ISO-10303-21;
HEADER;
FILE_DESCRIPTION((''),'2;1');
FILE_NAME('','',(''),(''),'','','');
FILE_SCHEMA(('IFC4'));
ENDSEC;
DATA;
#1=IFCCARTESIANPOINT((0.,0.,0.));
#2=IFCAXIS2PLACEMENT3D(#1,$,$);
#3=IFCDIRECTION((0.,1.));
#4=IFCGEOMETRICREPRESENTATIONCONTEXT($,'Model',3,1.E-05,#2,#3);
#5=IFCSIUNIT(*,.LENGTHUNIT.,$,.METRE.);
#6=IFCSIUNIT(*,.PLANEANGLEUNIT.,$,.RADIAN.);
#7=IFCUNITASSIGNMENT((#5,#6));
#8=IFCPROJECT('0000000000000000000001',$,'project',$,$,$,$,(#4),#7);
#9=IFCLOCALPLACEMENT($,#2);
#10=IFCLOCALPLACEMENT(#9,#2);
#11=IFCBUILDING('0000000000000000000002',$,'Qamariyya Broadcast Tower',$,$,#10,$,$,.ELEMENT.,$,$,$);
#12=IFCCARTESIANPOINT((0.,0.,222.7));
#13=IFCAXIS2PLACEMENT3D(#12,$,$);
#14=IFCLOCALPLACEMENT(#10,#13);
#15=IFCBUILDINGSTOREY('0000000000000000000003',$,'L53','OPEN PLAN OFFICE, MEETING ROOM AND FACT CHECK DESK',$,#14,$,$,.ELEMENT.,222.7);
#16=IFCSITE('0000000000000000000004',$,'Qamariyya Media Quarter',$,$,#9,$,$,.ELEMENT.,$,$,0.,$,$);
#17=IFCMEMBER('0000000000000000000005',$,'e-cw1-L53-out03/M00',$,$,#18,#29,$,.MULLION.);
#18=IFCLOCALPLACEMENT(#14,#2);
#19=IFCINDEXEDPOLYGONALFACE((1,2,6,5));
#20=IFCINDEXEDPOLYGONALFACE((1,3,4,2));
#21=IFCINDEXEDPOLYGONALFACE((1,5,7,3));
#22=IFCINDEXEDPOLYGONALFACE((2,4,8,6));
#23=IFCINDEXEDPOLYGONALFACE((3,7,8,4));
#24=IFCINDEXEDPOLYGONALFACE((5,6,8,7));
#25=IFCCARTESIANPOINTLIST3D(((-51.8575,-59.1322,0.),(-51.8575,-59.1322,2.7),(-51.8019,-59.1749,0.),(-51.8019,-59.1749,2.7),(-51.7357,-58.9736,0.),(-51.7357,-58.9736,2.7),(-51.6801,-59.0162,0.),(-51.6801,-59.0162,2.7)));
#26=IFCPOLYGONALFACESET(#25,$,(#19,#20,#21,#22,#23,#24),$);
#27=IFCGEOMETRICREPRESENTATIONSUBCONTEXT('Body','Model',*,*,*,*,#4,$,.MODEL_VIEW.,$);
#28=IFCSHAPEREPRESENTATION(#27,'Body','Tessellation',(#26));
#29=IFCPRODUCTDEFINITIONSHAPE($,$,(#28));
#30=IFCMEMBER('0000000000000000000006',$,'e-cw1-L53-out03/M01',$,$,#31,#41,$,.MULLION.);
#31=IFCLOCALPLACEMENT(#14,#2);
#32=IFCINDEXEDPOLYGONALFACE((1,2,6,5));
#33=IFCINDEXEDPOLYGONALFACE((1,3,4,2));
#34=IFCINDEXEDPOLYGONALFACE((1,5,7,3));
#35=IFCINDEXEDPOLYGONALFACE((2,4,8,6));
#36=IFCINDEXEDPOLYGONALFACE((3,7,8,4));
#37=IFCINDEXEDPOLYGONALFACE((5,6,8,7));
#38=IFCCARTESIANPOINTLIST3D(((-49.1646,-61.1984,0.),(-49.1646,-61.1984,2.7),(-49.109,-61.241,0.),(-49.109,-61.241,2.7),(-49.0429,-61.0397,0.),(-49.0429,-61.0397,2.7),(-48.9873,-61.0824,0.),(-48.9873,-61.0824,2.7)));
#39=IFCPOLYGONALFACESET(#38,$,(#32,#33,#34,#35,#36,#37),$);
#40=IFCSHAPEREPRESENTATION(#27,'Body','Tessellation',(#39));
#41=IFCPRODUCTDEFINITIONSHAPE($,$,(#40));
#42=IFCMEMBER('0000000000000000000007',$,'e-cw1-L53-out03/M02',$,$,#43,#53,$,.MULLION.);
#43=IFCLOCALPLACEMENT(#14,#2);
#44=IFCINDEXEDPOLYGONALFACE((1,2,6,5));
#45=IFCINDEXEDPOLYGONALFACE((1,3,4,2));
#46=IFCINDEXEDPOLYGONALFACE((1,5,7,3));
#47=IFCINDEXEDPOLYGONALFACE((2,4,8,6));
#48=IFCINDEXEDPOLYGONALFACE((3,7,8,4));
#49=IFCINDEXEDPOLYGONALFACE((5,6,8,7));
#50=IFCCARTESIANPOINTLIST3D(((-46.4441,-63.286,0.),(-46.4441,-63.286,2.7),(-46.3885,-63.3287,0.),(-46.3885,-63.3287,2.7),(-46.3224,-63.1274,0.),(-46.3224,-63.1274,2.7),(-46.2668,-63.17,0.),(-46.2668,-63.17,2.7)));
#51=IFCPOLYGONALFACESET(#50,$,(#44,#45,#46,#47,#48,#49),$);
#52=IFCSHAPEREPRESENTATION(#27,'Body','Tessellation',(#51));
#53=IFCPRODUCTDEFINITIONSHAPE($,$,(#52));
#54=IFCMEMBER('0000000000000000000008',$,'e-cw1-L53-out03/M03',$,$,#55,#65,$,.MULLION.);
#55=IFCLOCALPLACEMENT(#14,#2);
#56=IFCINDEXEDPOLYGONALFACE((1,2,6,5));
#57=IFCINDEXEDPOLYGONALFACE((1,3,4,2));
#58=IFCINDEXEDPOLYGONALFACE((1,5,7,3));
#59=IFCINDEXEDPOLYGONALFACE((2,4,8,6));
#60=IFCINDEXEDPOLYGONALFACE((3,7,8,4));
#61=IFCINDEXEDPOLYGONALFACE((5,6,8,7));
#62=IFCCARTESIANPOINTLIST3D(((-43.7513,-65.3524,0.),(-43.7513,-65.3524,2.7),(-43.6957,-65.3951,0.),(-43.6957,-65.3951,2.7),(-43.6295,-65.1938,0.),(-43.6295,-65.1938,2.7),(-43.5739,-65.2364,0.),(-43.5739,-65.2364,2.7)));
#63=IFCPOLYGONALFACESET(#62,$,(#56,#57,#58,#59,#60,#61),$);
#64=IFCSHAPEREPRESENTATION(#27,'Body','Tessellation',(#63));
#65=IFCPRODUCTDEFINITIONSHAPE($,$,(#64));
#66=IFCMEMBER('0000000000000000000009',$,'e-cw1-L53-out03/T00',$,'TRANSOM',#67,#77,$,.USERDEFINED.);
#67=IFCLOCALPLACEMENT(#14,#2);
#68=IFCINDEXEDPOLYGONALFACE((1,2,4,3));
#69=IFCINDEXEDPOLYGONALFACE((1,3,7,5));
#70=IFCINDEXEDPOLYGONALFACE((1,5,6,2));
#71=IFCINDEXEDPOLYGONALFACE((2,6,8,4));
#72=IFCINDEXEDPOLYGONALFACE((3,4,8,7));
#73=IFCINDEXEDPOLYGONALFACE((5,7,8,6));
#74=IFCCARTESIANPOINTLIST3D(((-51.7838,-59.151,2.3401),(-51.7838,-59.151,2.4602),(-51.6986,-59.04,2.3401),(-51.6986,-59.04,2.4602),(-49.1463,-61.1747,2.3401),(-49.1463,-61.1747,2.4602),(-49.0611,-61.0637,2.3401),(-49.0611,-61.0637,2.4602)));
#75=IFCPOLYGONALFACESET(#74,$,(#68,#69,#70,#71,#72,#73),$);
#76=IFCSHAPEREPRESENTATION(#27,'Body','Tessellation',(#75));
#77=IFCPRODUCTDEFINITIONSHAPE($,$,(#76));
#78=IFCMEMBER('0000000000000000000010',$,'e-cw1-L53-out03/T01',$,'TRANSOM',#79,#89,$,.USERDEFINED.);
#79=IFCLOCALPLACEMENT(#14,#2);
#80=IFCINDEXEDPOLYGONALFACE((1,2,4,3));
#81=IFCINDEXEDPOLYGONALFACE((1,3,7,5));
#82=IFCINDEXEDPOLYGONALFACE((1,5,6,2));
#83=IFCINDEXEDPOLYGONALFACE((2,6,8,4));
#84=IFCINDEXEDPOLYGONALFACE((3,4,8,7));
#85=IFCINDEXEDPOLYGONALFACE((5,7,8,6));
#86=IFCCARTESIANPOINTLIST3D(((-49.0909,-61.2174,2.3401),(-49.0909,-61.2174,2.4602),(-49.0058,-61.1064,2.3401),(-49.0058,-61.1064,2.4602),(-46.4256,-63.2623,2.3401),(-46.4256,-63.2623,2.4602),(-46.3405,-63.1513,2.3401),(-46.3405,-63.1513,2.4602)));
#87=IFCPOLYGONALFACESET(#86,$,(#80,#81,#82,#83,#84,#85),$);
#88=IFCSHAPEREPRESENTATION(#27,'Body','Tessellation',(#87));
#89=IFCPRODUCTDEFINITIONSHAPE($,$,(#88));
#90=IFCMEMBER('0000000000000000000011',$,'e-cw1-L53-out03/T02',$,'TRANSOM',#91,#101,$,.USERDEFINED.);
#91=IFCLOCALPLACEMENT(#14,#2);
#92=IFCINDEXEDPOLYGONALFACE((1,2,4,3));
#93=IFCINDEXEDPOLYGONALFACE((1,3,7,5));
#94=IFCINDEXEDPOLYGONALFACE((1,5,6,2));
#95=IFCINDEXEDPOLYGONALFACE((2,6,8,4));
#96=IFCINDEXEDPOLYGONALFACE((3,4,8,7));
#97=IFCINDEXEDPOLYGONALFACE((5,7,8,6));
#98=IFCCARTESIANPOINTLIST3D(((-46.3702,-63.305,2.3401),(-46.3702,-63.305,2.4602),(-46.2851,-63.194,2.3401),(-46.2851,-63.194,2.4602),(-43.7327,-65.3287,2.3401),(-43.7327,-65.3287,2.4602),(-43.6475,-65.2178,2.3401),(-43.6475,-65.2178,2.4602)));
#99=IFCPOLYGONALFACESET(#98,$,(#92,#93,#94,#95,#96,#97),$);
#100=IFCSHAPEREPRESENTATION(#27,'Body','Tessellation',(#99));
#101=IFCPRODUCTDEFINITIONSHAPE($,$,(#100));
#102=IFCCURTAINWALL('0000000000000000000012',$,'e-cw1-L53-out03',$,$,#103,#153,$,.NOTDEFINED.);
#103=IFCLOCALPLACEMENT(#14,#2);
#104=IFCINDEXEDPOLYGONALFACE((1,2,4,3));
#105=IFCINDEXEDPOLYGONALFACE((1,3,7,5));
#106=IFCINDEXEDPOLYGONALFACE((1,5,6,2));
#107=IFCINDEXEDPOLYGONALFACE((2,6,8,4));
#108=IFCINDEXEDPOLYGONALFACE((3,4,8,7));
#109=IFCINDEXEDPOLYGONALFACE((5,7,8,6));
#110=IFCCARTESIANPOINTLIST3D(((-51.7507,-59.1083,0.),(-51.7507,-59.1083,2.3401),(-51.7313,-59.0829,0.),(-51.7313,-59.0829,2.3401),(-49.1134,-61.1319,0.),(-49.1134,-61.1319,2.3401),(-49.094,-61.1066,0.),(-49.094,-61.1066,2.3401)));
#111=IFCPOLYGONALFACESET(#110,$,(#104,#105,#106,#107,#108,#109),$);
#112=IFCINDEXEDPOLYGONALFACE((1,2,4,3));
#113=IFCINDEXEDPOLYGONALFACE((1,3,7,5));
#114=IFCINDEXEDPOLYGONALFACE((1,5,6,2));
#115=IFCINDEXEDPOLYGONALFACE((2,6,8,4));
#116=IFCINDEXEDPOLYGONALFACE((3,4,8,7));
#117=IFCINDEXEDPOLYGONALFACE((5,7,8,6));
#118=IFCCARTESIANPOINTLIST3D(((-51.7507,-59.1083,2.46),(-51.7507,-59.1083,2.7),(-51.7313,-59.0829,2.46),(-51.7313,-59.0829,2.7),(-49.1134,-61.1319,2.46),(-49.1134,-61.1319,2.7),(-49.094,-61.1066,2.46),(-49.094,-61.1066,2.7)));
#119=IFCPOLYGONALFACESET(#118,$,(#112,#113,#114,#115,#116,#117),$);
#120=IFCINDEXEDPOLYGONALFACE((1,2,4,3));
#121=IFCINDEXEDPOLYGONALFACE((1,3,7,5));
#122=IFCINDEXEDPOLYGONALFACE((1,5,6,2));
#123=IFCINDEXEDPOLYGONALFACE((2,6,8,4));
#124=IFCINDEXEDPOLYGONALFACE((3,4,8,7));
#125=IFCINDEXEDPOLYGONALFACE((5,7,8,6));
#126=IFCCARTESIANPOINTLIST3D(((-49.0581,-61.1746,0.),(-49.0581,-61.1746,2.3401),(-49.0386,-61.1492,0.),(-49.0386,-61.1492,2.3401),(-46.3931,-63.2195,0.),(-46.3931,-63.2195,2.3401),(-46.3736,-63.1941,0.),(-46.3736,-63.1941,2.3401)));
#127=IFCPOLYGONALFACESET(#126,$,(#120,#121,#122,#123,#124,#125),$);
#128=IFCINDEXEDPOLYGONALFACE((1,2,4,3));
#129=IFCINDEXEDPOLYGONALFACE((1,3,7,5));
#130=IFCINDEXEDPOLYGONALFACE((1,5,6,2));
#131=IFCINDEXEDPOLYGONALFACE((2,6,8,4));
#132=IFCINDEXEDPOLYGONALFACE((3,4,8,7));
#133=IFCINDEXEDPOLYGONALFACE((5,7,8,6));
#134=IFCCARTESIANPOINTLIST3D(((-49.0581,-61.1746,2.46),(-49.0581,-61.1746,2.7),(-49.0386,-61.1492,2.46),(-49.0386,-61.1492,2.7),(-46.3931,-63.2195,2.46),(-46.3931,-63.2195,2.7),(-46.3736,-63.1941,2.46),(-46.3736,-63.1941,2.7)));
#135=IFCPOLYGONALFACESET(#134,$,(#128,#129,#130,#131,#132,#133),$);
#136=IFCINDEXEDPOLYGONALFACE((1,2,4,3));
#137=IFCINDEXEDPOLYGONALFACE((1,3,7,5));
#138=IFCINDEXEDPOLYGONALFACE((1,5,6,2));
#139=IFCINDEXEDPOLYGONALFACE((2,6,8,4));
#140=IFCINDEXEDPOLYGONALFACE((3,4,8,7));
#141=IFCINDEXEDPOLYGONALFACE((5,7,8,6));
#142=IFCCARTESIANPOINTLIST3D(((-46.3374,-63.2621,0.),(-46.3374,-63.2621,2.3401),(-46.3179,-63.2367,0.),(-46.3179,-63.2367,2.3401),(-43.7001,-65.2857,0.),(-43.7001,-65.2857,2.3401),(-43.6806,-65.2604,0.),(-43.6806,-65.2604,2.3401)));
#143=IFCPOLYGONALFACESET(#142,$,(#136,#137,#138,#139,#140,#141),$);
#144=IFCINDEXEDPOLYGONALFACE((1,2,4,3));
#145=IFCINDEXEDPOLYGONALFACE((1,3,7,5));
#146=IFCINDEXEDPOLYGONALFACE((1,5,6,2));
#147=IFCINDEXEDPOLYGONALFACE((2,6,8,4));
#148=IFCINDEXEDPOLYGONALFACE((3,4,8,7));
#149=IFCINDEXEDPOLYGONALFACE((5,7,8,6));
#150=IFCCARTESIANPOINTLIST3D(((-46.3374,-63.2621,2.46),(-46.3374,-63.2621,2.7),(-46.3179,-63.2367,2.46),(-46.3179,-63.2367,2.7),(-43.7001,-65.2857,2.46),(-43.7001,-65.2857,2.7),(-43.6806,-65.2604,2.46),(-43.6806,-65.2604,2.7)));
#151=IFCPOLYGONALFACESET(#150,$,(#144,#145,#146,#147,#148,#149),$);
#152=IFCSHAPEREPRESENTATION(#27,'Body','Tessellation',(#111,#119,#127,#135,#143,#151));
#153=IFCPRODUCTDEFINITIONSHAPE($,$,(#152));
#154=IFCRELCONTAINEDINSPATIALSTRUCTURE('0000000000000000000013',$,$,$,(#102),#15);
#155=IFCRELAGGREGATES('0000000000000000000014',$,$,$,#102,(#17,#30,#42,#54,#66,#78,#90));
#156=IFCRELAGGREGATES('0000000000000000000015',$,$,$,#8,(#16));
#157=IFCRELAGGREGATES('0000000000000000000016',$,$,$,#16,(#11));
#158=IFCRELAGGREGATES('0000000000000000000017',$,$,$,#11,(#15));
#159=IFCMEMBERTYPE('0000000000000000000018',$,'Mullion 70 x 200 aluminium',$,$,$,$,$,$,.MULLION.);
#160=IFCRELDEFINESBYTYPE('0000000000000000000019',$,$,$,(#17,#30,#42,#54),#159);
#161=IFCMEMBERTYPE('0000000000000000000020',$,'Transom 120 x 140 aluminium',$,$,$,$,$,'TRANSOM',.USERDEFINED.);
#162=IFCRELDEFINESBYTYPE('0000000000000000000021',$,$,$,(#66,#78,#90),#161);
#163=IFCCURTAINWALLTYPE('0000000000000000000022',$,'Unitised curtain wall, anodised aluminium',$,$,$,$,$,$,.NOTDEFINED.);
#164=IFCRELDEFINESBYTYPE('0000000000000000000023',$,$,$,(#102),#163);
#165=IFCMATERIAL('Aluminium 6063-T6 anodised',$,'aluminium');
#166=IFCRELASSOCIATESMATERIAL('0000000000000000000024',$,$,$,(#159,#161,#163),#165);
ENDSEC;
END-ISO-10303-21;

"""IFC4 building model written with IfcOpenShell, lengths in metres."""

from ifc_helpers import new_model, si_unit, direction, frame, origin, origin_2d, place, context, subcontext, project, spatial, rectangle, extrude, material, material_profile, profile_set, type_object, element, aggregate, save


model = new_model("IFC4")

# Units and contexts
model_context = context("Model", 3, precision=1e-05, world=origin(), true_north=direction((0.0, 1.0)))
body_context = subcontext(model_context, "Body", "Model", "MODEL_VIEW")
ifc_project = project(units=[si_unit("LENGTHUNIT", "METRE"), si_unit("PLANEANGLEUNIT", "RADIAN")], contexts=[model_context])

# Members
ifc_material_1 = material(Name="Aluminium 6063-T6 anodised", Category="aluminium")
ifc_material_profile_1 = material_profile(ifc_material_1, rectangle(XDim=0.2, YDim=0.0701, at=origin_2d()))
ifc_profile_set_1 = profile_set([ifc_material_profile_1], Name="Aluminium 6063-T6 anodised")
member_type_1 = type_object("IfcMemberType", Name="Mullion 70 x 200 aluminium", PredefinedType="MULLION", material=ifc_profile_set_1)
site_placement = place(None, origin())
building_placement = place(site_placement, origin())
storey_placement = place(building_placement, frame((0.0, 0.0, 222.7)))
member_1_placement = place(storey_placement, frame((-51.7688, -59.0742, 0.0), z_axis=(0.0, 0.0, 1.0), x_axis=(0.608761, 0.793353, 0.0)))
member_1 = element("IfcMember", 1, at=member_1_placement, type_object=member_type_1, Name="e-cw1-L53-out03/M00", PredefinedType="MULLION", context=body_context, shape_type="SweptSolid", body=[
    extrude(rectangle(XDim=0.2, YDim=0.0701, at=origin_2d()), origin(), (0.0, 0.0, 1.0), 2.7),
])
member_2_placement = place(storey_placement, frame((-49.0759, -61.1404, 0.0), z_axis=(0.0, 0.0, 1.0), x_axis=(0.608761, 0.793353, 0.0)))
member_2 = element("IfcMember", 2, at=member_2_placement, type_object=member_type_1, Name="e-cw1-L53-out03/M01", PredefinedType="MULLION", context=body_context, shape_type="SweptSolid", body=[
    extrude(rectangle(XDim=0.2, YDim=0.0701, at=origin_2d()), origin(), (0.0, 0.0, 1.0), 2.7),
])
member_3_placement = place(storey_placement, frame((-46.3555, -63.228, 0.0), z_axis=(0.0, 0.0, 1.0), x_axis=(0.608761, 0.793353, 0.0)))
member_3 = element("IfcMember", 3, at=member_3_placement, type_object=member_type_1, Name="e-cw1-L53-out03/M02", PredefinedType="MULLION", context=body_context, shape_type="SweptSolid", body=[
    extrude(rectangle(XDim=0.2, YDim=0.0701, at=origin_2d()), origin(), (0.0, 0.0, 1.0), 2.7),
])
member_4_placement = place(storey_placement, frame((-43.6626, -65.2944, 0.0), z_axis=(0.0, 0.0, 1.0), x_axis=(0.608761, 0.793353, 0.0)))
member_4 = element("IfcMember", 4, at=member_4_placement, type_object=member_type_1, Name="e-cw1-L53-out03/M03", PredefinedType="MULLION", context=body_context, shape_type="SweptSolid", body=[
    extrude(rectangle(XDim=0.2, YDim=0.0701, at=origin_2d()), origin(), (0.0, 0.0, 1.0), 2.7),
])
ifc_material_profile_2 = material_profile(ifc_material_1, rectangle(XDim=0.1399, YDim=0.1201, at=origin_2d()))
ifc_profile_set_2 = profile_set([ifc_material_profile_2], Name="Aluminium 6063-T6 anodised")
member_type_2 = type_object("IfcMemberType", Name="Transom 120 x 140 aluminium", ElementType="TRANSOM", PredefinedType="USERDEFINED", material=ifc_profile_set_2)
member_5_placement = place(storey_placement, frame((-51.7412, -59.0955, 2.4001), z_axis=(0.793369, -0.608741, 0.0), x_axis=(0.608741, 0.793369, 0.0)))
member_5 = element("IfcMember", 5, at=member_5_placement, type_object=member_type_2, Name="e-cw1-L53-out03/T00", ObjectType="TRANSOM", PredefinedType="USERDEFINED", context=body_context, shape_type="SweptSolid", body=[
    extrude(rectangle(XDim=0.1399, YDim=0.1201, at=origin_2d()), origin(), (0.0, 0.0, 1.0), 3.3245),
])
member_6_placement = place(storey_placement, frame((-49.0483, -61.1619, 2.4001), z_axis=(0.793385, -0.60872, 0.0), x_axis=(0.60872, 0.793385, 0.0)))
member_6 = element("IfcMember", 6, at=member_6_placement, type_object=member_type_2, Name="e-cw1-L53-out03/T01", ObjectType="TRANSOM", PredefinedType="USERDEFINED", context=body_context, shape_type="SweptSolid", body=[
    extrude(rectangle(XDim=0.1399, YDim=0.1201, at=origin_2d()), origin(), (0.0, 0.0, 1.0), 3.3594),
])
member_7_placement = place(storey_placement, frame((-46.3276, -63.2495, 2.4001), z_axis=(0.793369, -0.608741, 0.0), x_axis=(0.608741, 0.793369, 0.0)))
member_7 = element("IfcMember", 7, at=member_7_placement, type_object=member_type_2, Name="e-cw1-L53-out03/T02", ObjectType="TRANSOM", PredefinedType="USERDEFINED", context=body_context, shape_type="SweptSolid", body=[
    extrude(rectangle(XDim=0.1399, YDim=0.1201, at=origin_2d()), origin(), (0.0, 0.0, 1.0), 3.3245),
])

# Site, building, storey
site = spatial("IfcSite", under=ifc_project, at=site_placement, Name="Qamariyya Media Quarter", CompositionType="ELEMENT", RefElevation=0.0)
building = spatial("IfcBuilding", under=site, at=building_placement, Name="Qamariyya Broadcast Tower", CompositionType="ELEMENT")
storey = spatial("IfcBuildingStorey", under=building, at=storey_placement, Name="L53", Description="OPEN PLAN OFFICE, MEETING ROOM AND FACT CHECK DESK", CompositionType="ELEMENT", Elevation=222.7)

# Curtain wall
curtain_wall_type = type_object("IfcCurtainWallType", Name="Unitised curtain wall, anodised aluminium", PredefinedType="NOTDEFINED", material=ifc_material_1)
curtain_wall_1_placement = place(storey_placement, origin())
curtain_wall_1 = element("IfcCurtainWall", 8, at=curtain_wall_1_placement, inside=storey, type_object=curtain_wall_type, Name="e-cw1-L53-out03", PredefinedType="NOTDEFINED", context=body_context, shape_type="SweptSolid", body=[
    extrude(rectangle(XDim=3.3242, YDim=0.032, at=origin_2d()), frame((-50.4224, -60.1074, 0.0), x_axis=(0.793359, -0.608754, 0.0)), (0.0, 0.0, 1.0), 2.3401),
    extrude(rectangle(XDim=3.3242, YDim=0.032, at=origin_2d()), frame((-50.4224, -60.1074, 2.46), x_axis=(0.793359, -0.608754, 0.0)), (0.0, 0.0, 1.0), 0.24),
    extrude(rectangle(XDim=3.3591, YDim=0.032, at=origin_2d()), frame((-47.7158, -62.1843, 0.0), x_axis=(0.793359, -0.608754, 0.0)), (0.0, 0.0, 1.0), 2.3401),
    extrude(rectangle(XDim=3.3591, YDim=0.032, at=origin_2d()), frame((-47.7158, -62.1843, 2.46), x_axis=(0.793359, -0.608754, 0.0)), (0.0, 0.0, 1.0), 0.24),
    extrude(rectangle(XDim=3.3242, YDim=0.032, at=origin_2d()), frame((-45.009, -64.2612, 0.0), x_axis=(0.793359, -0.608754, 0.0)), (0.0, 0.0, 1.0), 2.3401),
    extrude(rectangle(XDim=3.3242, YDim=0.032, at=origin_2d()), frame((-45.009, -64.2612, 2.46), x_axis=(0.793359, -0.608754, 0.0)), (0.0, 0.0, 1.0), 0.24),
])
aggregate(curtain_wall_1, [member_1, member_2, member_3, member_4, member_5, member_6, member_7])

save(model, "model.ifc")
